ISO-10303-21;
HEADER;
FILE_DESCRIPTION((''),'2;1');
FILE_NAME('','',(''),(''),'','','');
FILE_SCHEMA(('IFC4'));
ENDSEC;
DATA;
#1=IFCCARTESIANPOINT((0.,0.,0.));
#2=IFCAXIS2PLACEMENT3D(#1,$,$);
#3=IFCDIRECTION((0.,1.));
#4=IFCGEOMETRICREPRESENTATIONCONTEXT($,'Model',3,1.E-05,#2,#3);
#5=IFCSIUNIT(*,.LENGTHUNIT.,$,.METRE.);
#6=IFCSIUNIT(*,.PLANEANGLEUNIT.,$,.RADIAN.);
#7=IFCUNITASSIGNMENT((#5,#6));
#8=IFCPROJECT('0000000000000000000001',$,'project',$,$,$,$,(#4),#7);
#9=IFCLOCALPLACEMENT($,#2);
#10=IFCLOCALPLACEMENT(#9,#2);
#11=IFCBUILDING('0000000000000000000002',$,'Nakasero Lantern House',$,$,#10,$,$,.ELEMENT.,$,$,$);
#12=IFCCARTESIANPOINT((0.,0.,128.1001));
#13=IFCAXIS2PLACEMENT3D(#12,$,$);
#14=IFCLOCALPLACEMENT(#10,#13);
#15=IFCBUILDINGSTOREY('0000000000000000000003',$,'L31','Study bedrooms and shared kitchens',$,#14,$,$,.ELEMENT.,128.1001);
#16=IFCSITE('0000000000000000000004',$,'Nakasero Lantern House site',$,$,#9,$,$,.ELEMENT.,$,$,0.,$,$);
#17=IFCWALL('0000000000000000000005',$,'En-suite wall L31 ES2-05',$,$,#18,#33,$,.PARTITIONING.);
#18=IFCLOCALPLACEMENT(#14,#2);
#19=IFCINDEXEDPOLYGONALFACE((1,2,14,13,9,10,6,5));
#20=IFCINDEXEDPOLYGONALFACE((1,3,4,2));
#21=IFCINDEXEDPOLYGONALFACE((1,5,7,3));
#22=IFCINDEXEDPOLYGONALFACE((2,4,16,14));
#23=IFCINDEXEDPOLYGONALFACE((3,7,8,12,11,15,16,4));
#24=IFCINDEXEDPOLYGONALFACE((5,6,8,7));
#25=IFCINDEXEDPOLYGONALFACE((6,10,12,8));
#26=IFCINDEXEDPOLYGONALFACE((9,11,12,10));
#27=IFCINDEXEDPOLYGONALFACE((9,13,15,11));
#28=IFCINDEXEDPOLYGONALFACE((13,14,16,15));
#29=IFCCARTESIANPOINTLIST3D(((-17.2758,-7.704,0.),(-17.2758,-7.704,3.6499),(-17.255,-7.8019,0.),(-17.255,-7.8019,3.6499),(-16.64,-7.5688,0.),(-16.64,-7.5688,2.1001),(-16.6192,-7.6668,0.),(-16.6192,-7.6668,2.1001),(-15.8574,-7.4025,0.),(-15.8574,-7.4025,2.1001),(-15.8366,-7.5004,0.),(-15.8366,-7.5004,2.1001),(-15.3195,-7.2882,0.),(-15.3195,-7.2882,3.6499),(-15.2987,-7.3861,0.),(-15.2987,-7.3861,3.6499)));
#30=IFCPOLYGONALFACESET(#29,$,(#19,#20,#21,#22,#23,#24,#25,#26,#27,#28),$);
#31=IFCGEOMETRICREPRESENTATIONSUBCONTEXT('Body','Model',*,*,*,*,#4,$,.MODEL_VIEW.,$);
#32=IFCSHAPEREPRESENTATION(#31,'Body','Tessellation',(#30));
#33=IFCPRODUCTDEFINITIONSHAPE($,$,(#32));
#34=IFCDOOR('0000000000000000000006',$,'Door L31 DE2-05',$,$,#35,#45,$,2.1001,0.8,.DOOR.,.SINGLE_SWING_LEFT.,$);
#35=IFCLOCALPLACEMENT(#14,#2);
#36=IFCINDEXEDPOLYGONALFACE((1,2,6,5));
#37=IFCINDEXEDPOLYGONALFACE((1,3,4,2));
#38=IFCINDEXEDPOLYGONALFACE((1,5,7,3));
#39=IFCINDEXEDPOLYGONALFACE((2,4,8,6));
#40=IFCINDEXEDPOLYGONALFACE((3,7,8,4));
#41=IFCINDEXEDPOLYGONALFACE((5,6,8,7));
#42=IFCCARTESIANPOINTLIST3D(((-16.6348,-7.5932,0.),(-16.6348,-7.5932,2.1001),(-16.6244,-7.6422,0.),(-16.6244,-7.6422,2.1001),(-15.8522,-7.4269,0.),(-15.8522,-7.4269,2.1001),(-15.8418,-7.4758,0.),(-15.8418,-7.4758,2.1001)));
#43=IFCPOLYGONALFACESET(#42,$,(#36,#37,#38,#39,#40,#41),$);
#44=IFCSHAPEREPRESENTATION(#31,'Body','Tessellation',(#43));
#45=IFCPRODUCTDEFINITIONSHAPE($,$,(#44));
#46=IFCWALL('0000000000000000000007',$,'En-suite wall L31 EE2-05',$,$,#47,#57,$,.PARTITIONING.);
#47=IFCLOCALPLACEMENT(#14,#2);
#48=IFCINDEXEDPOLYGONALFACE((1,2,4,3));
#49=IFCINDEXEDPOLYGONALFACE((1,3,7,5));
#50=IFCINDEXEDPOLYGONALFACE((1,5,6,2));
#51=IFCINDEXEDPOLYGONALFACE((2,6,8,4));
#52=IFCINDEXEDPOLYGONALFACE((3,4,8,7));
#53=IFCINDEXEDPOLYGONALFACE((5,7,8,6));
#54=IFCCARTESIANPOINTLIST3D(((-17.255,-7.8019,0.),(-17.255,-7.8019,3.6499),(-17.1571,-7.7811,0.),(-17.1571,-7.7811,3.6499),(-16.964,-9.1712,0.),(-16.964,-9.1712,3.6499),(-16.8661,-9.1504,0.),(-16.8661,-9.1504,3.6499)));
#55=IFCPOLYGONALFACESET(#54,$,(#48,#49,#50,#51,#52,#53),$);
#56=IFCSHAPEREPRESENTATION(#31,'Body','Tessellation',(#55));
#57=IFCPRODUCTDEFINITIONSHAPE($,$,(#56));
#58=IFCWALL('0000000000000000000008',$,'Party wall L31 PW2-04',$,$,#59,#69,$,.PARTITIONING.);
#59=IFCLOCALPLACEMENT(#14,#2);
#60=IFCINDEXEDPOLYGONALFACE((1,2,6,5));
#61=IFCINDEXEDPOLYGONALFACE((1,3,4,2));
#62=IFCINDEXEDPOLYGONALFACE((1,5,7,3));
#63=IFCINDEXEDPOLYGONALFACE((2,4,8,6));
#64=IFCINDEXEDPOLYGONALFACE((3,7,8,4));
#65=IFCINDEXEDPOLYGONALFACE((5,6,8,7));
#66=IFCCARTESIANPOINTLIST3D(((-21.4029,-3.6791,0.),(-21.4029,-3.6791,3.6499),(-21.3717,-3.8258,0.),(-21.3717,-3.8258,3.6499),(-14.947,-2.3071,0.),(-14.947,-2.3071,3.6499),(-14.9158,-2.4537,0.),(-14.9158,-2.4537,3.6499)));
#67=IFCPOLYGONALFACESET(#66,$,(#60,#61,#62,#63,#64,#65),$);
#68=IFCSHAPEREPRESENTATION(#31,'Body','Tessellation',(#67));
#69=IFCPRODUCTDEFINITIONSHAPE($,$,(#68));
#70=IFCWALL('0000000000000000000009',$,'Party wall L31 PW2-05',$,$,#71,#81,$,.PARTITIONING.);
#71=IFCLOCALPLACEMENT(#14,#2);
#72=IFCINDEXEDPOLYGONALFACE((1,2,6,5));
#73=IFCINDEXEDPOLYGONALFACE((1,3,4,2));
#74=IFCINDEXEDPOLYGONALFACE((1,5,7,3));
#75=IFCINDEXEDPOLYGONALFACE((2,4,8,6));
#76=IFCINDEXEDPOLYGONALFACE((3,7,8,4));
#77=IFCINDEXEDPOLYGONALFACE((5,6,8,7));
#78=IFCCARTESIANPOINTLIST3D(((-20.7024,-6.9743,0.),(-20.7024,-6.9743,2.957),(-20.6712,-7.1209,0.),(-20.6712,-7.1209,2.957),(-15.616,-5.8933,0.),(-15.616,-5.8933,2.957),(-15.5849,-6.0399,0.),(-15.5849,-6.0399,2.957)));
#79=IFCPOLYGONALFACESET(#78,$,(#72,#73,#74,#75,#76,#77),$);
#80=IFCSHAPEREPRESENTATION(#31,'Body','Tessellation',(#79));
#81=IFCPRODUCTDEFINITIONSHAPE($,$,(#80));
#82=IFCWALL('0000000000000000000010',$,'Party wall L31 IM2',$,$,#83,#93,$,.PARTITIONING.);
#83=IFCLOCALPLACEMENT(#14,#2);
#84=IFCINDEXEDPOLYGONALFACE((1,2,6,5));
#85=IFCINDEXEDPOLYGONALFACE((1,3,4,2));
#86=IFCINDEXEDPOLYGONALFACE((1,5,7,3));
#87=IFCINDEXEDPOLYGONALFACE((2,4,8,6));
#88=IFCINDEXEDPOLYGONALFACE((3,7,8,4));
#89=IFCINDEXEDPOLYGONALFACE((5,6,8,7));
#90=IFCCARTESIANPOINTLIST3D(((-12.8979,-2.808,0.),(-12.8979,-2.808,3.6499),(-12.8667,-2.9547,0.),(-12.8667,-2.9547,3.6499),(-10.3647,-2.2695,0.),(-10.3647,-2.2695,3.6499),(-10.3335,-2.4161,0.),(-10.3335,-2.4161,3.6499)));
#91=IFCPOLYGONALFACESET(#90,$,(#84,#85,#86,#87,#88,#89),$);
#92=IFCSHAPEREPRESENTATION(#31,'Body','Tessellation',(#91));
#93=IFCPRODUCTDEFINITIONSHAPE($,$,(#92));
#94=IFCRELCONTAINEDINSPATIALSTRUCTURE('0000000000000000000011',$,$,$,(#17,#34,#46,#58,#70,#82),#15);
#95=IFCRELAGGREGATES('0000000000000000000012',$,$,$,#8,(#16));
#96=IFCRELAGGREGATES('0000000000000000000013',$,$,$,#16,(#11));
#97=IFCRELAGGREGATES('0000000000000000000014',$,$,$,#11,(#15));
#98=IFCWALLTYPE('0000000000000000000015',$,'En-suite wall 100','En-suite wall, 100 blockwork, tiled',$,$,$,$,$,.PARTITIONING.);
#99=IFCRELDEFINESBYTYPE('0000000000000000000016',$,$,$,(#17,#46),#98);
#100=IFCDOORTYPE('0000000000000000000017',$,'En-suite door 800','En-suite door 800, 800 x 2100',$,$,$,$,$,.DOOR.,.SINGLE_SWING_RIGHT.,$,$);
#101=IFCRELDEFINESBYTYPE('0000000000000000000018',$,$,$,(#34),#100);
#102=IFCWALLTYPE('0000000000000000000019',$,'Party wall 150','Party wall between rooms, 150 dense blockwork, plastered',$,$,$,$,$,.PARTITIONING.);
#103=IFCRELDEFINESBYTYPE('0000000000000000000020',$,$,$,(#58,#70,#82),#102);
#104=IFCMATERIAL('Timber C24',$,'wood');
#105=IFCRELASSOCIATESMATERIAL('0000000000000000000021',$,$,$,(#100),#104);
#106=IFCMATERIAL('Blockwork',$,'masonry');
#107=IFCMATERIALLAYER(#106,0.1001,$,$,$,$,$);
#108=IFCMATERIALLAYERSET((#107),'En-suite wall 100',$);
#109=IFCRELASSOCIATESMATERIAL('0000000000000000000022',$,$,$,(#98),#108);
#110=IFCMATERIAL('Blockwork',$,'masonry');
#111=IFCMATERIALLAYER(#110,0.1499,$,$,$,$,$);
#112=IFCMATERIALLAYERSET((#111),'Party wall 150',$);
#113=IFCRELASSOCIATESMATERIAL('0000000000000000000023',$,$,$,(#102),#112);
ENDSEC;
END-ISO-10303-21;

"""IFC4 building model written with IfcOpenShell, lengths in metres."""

from ifc_helpers import new_model, si_unit, direction, frame, frame_2d, origin, place, context, subcontext, project, spatial, rectangle, extrude, material, layer, layer_set, type_object, element, fill, save


model = new_model("IFC4")

# Units and contexts
model_context = context("Model", 3, precision=1e-05, world=origin(), true_north=direction((0.0, 1.0)))
body_context = subcontext(model_context, "Body", "Model", "MODEL_VIEW")
ifc_project = project(units=[si_unit("LENGTHUNIT", "METRE"), si_unit("PLANEANGLEUNIT", "RADIAN")], contexts=[model_context])

# Site, building, storey
site_placement = place(None, origin())
site = spatial("IfcSite", under=ifc_project, at=site_placement, Name="Nakasero Lantern House site", CompositionType="ELEMENT", RefElevation=0.0)
building_placement = place(site_placement, origin())
building = spatial("IfcBuilding", under=site, at=building_placement, Name="Nakasero Lantern House", CompositionType="ELEMENT")
storey_placement = place(building_placement, frame((0.0, 0.0, 128.1001)))
storey = spatial("IfcBuildingStorey", under=building, at=storey_placement, Name="L31", Description="Study bedrooms and shared kitchens", CompositionType="ELEMENT", Elevation=128.1001)

# Shared definitions
ifc_material_1 = material(Name="Timber C24", Category="wood")
door_type_1 = type_object("IfcDoorType", Name="En-suite door 800", Description="En-suite door 800, 800 x 2100", OperationType="SINGLE_SWING_RIGHT", PredefinedType="DOOR", material=ifc_material_1)

# Shared definitions
ifc_material_2 = material(Name="Blockwork", Category="masonry")
ifc_layer_1 = layer(ifc_material_2, 0.1001)
ifc_layer_set_1 = layer_set([ifc_layer_1], Name="En-suite wall 100")
wall_type_1 = type_object("IfcWallType", Name="En-suite wall 100", Description="En-suite wall, 100 blockwork, tiled", PredefinedType="PARTITIONING", material=ifc_layer_set_1)

# Wall, opening, door
wall_1_placement = place(storey_placement, frame((-15.3091, -7.3372, 0.0), z_axis=(0.0, 0.0, 1.0), x_axis=(-0.978153, -0.207886, 0.0)))
wall_1 = element("IfcWall", 1, at=wall_1_placement, inside=storey, type_object=wall_type_1, Name="En-suite wall L31 ES2-05", PredefinedType="PARTITIONING", context=body_context, shape_type="SweptSolid", body=[
    extrude(rectangle(XDim=2.0, YDim=0.1001, at=frame_2d((1.0, 0.0))), origin(), (0.0, 0.0, 1.0), 3.6499),
])
opening_1_placement = place(wall_1_placement, frame((0.55, 0.0, 0.0)))
opening_1 = element("IfcOpeningElement", 2, at=opening_1_placement, cuts=wall_1, PredefinedType="OPENING", context=body_context, shape_type="SweptSolid", body=[
    extrude(rectangle(XDim=0.8, YDim=2.1001, at=frame_2d((0.3999, 1.05))), frame((0.0, 0.0701, 0.0), z_axis=(0.0, -1.0, 0.0), x_axis=(1.0, 0.0, 0.0)), (0.0, 0.0, 1.0), 0.1401),
])
door_1_placement = place(opening_1_placement, origin())
door_1 = element("IfcDoor", 3, at=door_1_placement, inside=storey, type_object=door_type_1, Name="Door L31 DE2-05", OperationType="SINGLE_SWING_LEFT", OverallHeight=2.1001, OverallWidth=0.8, PredefinedType="DOOR", context=body_context, shape_type="SweptSolid", body=[
    extrude(rectangle(XDim=0.8, YDim=2.1001, at=frame_2d((0.3999, 1.05))), frame((0.0, 0.0249, 0.0), z_axis=(0.0, -1.0, 0.0), x_axis=(1.0, 0.0, 0.0)), (0.0, 0.0, 1.0), 0.05),
])
fill(opening_1, door_1)

# Walls
wall_2_placement = place(storey_placement, frame((-17.2061, -7.7915, 0.0), z_axis=(0.0, 0.0, 1.0), x_axis=(0.207873, -0.978156, 0.0)))
element("IfcWall", 4, at=wall_2_placement, inside=storey, type_object=wall_type_1, Name="En-suite wall L31 EE2-05", PredefinedType="PARTITIONING", context=body_context, shape_type="SweptSolid", body=[
    extrude(rectangle(XDim=1.3999, YDim=0.1001, at=frame_2d((0.7, 0.0))), origin(), (0.0, 0.0, 1.0), 3.6499),
])
ifc_material_3 = material(Name="Blockwork", Category="masonry")
ifc_layer_2 = layer(ifc_material_3, 0.1499)
ifc_layer_set_2 = layer_set([ifc_layer_2], Name="Party wall 150")
wall_type_2 = type_object("IfcWallType", Name="Party wall 150", Description="Party wall between rooms, 150 dense blockwork, plastered", PredefinedType="PARTITIONING", material=ifc_layer_set_2)
wall_3_placement = place(storey_placement, frame((-14.9314, -2.3804, 0.0), z_axis=(0.0, 0.0, 1.0), x_axis=(-0.978152, -0.207889, 0.0)))
element("IfcWall", 5, at=wall_3_placement, inside=storey, type_object=wall_type_2, Name="Party wall L31 PW2-04", PredefinedType="PARTITIONING", context=body_context, shape_type="SweptSolid", body=[
    extrude(rectangle(XDim=6.6001, YDim=0.1499, at=frame_2d((3.3, 0.0))), origin(), (0.0, 0.0, 1.0), 3.6499),
])
wall_4_placement = place(storey_placement, frame((-15.6003, -5.9666, 0.0), z_axis=(0.0, 0.0, 1.0), x_axis=(-0.978151, -0.207894, 0.0)))
element("IfcWall", 6, at=wall_4_placement, inside=storey, type_object=wall_type_2, Name="Party wall L31 PW2-05", PredefinedType="PARTITIONING", context=body_context, shape_type="SweptSolid", body=[
    extrude(rectangle(XDim=5.2, YDim=0.1499, at=frame_2d((2.6001, 0.0))), origin(), (0.0, 0.0, 1.0), 2.957),
])
wall_5_placement = place(storey_placement, frame((-12.8823, -2.8813, 0.0), z_axis=(0.0, 0.0, 1.0), x_axis=(0.978138, 0.207958, 0.0)))
element("IfcWall", 7, at=wall_5_placement, inside=storey, type_object=wall_type_2, Name="Party wall L31 IM2", PredefinedType="PARTITIONING", context=body_context, shape_type="SweptSolid", body=[
    extrude(rectangle(XDim=2.5898, YDim=0.1499, at=frame_2d((1.2949, 0.0))), origin(), (0.0, 0.0, 1.0), 3.6499),
])

save(model, "model.ifc")
